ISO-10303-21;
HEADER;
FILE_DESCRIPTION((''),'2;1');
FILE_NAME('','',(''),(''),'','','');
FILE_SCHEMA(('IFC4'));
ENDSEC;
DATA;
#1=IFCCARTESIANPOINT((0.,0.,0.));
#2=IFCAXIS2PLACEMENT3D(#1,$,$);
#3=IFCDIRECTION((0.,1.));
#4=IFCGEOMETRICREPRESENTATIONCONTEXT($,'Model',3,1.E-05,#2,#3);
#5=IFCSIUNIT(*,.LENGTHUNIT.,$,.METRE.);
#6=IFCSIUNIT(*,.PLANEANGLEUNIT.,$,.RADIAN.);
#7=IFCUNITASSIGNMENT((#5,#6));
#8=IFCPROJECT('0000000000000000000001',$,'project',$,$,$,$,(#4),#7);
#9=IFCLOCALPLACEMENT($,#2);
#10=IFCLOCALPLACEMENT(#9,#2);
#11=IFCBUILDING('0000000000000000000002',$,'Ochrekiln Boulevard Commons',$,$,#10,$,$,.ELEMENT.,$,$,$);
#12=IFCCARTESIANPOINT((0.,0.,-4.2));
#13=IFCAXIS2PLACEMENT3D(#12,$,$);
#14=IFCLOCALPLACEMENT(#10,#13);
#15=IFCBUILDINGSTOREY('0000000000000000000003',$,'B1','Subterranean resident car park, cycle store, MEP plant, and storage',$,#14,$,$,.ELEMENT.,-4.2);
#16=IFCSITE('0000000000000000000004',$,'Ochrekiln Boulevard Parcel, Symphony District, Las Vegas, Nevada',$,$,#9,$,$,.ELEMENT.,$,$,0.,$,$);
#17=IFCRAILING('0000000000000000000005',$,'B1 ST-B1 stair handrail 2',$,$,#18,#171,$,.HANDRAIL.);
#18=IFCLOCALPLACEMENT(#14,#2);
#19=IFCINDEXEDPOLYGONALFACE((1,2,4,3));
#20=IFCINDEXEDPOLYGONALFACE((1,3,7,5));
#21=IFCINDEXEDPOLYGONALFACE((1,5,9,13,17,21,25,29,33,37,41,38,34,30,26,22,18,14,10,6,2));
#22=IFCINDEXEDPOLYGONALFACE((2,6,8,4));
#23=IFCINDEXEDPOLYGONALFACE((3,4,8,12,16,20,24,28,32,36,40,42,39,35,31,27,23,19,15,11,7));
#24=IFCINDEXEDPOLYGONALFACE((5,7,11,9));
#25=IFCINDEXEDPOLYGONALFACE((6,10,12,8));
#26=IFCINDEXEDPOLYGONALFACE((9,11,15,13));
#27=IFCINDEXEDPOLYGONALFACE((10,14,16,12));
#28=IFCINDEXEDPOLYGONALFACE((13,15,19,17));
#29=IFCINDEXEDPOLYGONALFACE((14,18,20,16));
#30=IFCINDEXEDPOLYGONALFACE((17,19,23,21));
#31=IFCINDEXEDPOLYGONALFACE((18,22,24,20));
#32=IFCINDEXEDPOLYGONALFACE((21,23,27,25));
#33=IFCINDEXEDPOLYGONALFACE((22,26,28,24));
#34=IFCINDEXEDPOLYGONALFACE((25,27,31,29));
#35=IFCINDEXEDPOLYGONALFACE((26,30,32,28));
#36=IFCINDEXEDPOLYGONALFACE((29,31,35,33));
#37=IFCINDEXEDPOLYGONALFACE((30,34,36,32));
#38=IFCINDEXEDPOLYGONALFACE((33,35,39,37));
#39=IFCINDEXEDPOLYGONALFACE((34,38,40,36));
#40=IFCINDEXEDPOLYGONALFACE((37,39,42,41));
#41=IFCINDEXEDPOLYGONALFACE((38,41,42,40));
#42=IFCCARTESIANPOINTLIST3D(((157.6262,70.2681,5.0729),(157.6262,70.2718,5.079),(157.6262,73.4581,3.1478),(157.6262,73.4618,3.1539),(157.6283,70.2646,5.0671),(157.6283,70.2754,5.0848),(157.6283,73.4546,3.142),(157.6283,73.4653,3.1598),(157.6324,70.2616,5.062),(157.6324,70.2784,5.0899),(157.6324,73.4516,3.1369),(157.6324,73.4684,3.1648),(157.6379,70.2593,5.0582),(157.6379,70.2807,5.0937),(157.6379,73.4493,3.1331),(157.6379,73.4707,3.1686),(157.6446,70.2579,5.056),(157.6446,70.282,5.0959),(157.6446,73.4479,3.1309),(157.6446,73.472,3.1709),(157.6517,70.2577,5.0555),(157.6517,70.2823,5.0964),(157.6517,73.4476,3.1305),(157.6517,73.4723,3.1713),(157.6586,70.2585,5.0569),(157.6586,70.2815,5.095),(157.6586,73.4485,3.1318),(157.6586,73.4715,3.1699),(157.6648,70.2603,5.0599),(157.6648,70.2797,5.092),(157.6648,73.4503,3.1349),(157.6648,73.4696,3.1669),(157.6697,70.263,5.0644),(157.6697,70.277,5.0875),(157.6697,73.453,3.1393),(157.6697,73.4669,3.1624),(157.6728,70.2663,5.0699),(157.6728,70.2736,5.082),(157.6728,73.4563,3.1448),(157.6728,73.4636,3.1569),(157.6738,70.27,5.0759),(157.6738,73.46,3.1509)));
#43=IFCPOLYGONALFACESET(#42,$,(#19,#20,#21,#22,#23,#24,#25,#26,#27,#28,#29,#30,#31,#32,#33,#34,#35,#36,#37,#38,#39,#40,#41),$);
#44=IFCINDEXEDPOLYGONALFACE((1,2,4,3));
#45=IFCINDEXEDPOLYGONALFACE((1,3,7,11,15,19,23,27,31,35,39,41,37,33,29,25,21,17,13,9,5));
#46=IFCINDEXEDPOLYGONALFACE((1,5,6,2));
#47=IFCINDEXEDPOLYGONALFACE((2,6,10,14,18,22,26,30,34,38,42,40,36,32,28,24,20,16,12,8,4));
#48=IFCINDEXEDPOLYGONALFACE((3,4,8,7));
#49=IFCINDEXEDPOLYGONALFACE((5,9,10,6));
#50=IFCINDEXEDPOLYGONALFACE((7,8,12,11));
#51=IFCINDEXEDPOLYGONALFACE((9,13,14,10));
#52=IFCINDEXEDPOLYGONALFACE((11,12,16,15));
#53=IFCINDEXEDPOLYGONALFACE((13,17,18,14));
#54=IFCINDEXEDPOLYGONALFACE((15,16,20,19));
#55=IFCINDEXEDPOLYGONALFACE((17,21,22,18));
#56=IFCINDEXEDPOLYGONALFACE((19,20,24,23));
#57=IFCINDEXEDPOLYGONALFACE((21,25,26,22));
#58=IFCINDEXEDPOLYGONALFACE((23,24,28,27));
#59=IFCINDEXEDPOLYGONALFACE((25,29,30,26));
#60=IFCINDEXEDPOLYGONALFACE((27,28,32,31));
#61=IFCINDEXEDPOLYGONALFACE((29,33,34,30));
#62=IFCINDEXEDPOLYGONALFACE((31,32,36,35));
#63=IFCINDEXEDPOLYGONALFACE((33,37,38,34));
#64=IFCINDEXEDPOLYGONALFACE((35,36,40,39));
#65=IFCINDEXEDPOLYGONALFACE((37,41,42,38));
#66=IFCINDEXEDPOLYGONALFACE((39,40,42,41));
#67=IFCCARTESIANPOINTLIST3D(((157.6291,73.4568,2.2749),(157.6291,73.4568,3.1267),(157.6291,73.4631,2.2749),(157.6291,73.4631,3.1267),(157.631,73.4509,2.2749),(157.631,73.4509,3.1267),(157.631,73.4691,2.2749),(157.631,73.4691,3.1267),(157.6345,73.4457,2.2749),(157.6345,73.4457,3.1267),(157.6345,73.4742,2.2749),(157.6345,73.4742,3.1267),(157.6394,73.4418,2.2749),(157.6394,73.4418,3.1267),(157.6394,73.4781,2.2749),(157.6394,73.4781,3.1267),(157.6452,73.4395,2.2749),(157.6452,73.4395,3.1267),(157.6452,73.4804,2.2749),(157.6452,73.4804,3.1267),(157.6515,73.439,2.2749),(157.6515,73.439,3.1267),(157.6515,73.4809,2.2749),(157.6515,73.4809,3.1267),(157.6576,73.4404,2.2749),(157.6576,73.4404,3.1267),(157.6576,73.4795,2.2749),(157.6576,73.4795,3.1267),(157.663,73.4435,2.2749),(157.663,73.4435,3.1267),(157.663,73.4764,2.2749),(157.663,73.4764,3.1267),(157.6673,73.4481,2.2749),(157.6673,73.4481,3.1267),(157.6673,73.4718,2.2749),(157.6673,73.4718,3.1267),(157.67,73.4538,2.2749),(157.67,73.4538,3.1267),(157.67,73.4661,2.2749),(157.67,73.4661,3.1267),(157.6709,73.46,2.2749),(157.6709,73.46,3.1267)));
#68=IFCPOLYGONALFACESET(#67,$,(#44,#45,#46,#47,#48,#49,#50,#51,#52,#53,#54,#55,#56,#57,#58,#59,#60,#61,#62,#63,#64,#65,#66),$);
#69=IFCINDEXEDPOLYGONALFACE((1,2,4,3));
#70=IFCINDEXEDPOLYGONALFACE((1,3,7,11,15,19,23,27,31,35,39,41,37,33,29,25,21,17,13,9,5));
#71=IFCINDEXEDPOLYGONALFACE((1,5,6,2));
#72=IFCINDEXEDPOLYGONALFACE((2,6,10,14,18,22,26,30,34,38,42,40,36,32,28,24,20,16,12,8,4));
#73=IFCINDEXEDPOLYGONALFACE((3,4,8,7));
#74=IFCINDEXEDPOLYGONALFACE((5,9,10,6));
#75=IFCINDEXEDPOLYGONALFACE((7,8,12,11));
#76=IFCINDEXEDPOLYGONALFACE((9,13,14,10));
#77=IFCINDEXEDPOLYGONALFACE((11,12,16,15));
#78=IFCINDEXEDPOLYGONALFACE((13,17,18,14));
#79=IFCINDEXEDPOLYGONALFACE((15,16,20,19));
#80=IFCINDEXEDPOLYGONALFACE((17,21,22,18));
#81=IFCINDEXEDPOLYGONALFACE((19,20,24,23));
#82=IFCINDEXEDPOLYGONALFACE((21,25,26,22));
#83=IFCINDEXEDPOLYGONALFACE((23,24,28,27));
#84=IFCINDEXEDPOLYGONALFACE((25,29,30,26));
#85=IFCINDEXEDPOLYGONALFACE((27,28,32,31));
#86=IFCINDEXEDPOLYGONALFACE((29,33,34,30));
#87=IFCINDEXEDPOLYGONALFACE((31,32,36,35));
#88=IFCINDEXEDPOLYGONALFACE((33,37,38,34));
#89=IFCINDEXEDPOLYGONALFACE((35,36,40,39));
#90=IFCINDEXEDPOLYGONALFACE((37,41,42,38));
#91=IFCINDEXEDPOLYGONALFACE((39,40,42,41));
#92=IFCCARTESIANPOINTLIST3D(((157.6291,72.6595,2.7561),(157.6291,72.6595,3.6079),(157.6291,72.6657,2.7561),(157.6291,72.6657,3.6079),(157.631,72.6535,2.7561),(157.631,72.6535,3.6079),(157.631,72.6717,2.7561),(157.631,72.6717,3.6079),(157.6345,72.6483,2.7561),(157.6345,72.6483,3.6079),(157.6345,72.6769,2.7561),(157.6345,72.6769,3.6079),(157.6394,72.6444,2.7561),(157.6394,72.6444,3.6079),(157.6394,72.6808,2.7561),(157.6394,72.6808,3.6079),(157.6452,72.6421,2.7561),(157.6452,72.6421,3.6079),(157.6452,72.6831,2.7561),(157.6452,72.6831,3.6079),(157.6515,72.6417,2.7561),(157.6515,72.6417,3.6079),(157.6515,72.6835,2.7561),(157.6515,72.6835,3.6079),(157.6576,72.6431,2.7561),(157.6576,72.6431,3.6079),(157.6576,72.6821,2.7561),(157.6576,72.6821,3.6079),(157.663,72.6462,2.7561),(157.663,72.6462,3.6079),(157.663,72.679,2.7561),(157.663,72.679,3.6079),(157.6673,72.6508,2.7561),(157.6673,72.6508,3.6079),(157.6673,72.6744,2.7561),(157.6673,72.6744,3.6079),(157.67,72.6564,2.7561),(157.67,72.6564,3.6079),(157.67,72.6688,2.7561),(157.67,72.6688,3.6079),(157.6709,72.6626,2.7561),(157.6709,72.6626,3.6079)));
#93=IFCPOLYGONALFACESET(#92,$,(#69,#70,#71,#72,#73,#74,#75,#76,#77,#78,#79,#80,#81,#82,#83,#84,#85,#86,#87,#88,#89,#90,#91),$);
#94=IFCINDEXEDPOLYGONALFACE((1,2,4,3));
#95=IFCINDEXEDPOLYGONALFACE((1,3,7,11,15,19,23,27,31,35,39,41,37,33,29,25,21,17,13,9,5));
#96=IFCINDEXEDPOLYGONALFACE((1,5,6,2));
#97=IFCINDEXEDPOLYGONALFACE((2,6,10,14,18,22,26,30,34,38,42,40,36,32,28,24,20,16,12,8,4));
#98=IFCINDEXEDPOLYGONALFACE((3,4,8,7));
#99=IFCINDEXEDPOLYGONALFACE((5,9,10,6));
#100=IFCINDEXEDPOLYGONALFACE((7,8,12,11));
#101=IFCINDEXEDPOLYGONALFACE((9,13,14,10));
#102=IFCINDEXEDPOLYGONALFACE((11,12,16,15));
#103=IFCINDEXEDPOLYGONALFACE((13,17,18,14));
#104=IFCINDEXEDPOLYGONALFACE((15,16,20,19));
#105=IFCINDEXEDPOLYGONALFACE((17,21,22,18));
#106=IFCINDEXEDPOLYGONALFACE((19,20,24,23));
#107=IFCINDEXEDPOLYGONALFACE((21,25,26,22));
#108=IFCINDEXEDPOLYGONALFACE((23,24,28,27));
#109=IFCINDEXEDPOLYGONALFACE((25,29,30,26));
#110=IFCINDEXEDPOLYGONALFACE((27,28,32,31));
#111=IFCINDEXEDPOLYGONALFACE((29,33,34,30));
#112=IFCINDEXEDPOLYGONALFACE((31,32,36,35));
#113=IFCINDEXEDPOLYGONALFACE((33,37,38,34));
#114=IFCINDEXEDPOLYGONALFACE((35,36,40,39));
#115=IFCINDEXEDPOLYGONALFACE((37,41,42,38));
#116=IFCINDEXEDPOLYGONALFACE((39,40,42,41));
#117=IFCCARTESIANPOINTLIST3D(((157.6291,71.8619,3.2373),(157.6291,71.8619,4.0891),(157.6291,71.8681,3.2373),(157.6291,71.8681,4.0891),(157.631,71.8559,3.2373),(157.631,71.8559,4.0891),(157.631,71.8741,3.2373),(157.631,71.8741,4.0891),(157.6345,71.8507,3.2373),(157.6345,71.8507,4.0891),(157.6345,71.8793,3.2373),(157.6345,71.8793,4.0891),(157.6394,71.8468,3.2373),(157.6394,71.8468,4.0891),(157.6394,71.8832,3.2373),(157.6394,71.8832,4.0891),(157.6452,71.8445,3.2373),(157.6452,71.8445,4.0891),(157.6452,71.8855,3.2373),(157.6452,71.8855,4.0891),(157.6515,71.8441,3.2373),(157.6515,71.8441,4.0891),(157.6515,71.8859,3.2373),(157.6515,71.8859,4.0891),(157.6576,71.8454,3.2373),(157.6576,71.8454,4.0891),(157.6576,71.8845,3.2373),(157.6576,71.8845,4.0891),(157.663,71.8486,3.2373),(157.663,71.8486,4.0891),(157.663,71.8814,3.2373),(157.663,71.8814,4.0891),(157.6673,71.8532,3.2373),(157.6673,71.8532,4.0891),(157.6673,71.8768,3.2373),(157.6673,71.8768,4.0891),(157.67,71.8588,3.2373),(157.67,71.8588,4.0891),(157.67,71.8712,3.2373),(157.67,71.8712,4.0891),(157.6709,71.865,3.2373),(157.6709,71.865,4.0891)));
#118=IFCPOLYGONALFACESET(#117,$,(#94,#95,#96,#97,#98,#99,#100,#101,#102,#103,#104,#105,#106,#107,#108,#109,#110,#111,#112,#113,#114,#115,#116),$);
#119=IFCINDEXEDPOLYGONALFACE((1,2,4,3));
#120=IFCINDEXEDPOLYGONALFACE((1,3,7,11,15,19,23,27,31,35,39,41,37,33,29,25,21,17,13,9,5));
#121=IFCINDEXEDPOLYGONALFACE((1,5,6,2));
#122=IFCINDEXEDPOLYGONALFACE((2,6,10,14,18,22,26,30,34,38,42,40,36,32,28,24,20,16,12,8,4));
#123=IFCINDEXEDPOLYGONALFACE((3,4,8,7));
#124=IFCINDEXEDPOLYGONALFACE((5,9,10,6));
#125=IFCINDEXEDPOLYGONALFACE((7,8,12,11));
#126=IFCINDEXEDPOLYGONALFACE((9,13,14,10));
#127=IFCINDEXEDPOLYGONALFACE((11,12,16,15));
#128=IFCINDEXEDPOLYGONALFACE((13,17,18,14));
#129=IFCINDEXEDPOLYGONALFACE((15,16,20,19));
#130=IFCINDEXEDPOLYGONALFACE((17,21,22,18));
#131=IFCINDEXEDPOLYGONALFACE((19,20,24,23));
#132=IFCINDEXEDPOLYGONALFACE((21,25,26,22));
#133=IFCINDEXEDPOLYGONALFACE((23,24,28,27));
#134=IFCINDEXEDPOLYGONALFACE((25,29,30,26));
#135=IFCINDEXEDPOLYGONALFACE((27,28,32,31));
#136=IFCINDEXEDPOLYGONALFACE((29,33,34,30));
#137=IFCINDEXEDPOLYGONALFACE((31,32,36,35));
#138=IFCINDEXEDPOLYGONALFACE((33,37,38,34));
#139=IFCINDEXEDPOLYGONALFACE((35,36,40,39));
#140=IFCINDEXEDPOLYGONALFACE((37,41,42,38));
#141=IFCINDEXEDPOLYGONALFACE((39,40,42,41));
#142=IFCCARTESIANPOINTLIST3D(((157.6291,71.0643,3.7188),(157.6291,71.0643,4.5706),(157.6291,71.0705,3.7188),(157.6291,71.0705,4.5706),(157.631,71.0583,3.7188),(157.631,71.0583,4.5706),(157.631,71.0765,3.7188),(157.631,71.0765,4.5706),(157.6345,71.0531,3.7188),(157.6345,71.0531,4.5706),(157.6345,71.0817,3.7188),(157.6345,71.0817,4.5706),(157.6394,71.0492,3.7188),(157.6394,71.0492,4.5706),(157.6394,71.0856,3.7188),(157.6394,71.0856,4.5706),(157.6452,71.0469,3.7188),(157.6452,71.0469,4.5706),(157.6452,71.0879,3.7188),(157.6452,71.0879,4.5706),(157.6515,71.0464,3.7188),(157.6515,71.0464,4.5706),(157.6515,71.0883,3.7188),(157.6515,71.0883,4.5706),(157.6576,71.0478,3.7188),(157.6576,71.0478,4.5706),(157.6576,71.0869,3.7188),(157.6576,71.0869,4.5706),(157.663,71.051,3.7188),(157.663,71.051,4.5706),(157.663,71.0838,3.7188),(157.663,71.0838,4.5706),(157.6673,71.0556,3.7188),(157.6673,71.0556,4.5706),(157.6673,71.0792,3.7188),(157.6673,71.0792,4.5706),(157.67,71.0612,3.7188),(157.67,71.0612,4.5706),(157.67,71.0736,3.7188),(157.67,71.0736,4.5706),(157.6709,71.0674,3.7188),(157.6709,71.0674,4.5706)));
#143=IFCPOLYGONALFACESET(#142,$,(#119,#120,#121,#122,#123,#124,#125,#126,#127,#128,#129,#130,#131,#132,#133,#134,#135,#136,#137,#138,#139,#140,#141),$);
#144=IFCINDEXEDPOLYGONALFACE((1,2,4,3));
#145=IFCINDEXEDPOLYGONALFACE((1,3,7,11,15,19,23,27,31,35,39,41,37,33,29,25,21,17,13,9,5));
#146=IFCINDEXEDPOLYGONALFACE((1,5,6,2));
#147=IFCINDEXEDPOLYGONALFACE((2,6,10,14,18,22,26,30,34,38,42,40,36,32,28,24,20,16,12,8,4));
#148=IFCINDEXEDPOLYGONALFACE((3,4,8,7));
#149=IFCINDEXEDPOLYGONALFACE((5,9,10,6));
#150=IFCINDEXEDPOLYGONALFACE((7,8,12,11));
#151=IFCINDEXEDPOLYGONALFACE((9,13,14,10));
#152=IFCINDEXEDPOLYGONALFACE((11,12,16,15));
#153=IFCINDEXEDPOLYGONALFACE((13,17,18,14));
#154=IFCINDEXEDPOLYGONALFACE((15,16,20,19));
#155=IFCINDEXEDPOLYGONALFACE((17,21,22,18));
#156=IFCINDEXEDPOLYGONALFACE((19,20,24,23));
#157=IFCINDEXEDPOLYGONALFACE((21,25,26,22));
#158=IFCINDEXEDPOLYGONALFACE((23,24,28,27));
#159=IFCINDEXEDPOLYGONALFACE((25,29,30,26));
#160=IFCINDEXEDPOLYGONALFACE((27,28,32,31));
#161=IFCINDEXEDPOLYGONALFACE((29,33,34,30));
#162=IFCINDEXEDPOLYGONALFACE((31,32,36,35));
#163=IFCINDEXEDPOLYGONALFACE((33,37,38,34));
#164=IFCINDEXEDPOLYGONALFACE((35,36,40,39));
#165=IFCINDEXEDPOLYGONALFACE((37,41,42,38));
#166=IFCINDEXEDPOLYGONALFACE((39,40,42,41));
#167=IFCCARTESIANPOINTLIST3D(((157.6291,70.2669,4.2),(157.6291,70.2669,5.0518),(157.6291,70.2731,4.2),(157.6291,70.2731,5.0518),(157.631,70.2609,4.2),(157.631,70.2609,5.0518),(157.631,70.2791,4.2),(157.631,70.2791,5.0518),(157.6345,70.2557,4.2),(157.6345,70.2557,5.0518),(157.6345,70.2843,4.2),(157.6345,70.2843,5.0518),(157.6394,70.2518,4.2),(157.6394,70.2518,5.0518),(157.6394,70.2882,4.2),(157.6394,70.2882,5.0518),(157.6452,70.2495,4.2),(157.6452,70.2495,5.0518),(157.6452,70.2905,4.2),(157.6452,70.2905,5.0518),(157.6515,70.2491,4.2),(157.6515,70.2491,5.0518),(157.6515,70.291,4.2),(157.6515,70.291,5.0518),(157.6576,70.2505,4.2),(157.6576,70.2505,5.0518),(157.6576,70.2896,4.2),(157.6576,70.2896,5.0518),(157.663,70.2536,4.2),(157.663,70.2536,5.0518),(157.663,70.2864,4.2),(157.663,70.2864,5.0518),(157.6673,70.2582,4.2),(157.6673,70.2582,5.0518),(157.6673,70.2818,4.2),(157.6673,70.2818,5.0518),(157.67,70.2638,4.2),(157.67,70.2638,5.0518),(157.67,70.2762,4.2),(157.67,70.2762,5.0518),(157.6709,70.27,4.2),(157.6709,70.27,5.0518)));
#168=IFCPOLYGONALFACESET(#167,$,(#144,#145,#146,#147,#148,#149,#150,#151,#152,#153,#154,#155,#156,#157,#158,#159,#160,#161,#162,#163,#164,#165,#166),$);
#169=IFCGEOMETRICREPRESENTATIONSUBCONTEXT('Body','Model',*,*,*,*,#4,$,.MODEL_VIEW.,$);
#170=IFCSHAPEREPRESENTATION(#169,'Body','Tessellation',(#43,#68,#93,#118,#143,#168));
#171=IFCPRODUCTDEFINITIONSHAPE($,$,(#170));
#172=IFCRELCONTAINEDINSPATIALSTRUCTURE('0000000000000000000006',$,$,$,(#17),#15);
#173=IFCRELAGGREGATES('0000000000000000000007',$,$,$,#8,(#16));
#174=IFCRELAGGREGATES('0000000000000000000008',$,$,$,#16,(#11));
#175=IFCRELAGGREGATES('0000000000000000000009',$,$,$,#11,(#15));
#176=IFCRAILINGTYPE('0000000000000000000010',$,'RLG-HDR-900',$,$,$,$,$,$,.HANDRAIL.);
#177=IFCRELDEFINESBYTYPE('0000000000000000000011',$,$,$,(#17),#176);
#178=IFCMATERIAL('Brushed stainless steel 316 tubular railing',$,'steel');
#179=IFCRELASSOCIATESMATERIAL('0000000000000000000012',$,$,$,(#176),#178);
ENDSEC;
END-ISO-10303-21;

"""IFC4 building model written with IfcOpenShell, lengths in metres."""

from ifc_helpers import new_model, si_unit, direction, frame, origin, origin_2d, place, context, subcontext, project, spatial, circle, extrude, material, type_object, element, save


model = new_model("IFC4")

# Units and contexts
model_context = context("Model", 3, precision=1e-05, world=origin(), true_north=direction((0.0, 1.0)))
body_context = subcontext(model_context, "Body", "Model", "MODEL_VIEW")
ifc_project = project(units=[si_unit("LENGTHUNIT", "METRE"), si_unit("PLANEANGLEUNIT", "RADIAN")], contexts=[model_context])

# Site, building, storey
site_placement = place(None, origin())
site = spatial("IfcSite", under=ifc_project, at=site_placement, Name="Ochrekiln Boulevard Parcel, Symphony District, Las Vegas, Nevada", CompositionType="ELEMENT", RefElevation=0.0)
building_placement = place(site_placement, origin())
building = spatial("IfcBuilding", under=site, at=building_placement, Name="Ochrekiln Boulevard Commons", CompositionType="ELEMENT")
storey_placement = place(building_placement, frame((0.0, 0.0, -4.2)))
storey = spatial("IfcBuildingStorey", under=building, at=storey_placement, Name="B1", Description="Subterranean resident car park, cycle store, MEP plant, and storage", CompositionType="ELEMENT", Elevation=-4.2)

# Railing
ifc_material_1 = material(Name="Brushed stainless steel 316 tubular railing", Category="steel")
railing_type_1 = type_object("IfcRailingType", Name="RLG-HDR-900", PredefinedType="HANDRAIL", material=ifc_material_1)
railing_1_placement = place(storey_placement, frame((157.6499, 73.46, 2.2749)))
element("IfcRailing", 1, at=railing_1_placement, inside=storey, type_object=railing_type_1, Name="B1 ST-B1 stair handrail 2", PredefinedType="HANDRAIL", context=body_context, shape_type="SweptSolid", body=[
    extrude(circle(Radius=0.0239, at=origin_2d()), frame((0.0, 0.0, 0.876), z_axis=(0.0, -0.856178, 0.516682), x_axis=(1.0, 0.0, 0.0)), (0.0, 0.0, 1.0), 3.7258),
    extrude(circle(Radius=0.021, at=origin_2d()), origin(), (0.0, 0.0, 1.0), 0.8518),
    extrude(circle(Radius=0.021, at=origin_2d()), frame((0.0, -0.7974, 0.4812)), (0.0, 0.0, 1.0), 0.8518),
    extrude(circle(Radius=0.021, at=origin_2d()), frame((0.0, -1.595, 0.9624)), (0.0, 0.0, 1.0), 0.8518),
    extrude(circle(Radius=0.021, at=origin_2d()), frame((0.0, -2.3926, 1.4438)), (0.0, 0.0, 1.0), 0.8518),
    extrude(circle(Radius=0.021, at=origin_2d()), frame((0.0, -3.1899, 1.925)), (0.0, 0.0, 1.0), 0.8518),
])

save(model, "model.ifc")
